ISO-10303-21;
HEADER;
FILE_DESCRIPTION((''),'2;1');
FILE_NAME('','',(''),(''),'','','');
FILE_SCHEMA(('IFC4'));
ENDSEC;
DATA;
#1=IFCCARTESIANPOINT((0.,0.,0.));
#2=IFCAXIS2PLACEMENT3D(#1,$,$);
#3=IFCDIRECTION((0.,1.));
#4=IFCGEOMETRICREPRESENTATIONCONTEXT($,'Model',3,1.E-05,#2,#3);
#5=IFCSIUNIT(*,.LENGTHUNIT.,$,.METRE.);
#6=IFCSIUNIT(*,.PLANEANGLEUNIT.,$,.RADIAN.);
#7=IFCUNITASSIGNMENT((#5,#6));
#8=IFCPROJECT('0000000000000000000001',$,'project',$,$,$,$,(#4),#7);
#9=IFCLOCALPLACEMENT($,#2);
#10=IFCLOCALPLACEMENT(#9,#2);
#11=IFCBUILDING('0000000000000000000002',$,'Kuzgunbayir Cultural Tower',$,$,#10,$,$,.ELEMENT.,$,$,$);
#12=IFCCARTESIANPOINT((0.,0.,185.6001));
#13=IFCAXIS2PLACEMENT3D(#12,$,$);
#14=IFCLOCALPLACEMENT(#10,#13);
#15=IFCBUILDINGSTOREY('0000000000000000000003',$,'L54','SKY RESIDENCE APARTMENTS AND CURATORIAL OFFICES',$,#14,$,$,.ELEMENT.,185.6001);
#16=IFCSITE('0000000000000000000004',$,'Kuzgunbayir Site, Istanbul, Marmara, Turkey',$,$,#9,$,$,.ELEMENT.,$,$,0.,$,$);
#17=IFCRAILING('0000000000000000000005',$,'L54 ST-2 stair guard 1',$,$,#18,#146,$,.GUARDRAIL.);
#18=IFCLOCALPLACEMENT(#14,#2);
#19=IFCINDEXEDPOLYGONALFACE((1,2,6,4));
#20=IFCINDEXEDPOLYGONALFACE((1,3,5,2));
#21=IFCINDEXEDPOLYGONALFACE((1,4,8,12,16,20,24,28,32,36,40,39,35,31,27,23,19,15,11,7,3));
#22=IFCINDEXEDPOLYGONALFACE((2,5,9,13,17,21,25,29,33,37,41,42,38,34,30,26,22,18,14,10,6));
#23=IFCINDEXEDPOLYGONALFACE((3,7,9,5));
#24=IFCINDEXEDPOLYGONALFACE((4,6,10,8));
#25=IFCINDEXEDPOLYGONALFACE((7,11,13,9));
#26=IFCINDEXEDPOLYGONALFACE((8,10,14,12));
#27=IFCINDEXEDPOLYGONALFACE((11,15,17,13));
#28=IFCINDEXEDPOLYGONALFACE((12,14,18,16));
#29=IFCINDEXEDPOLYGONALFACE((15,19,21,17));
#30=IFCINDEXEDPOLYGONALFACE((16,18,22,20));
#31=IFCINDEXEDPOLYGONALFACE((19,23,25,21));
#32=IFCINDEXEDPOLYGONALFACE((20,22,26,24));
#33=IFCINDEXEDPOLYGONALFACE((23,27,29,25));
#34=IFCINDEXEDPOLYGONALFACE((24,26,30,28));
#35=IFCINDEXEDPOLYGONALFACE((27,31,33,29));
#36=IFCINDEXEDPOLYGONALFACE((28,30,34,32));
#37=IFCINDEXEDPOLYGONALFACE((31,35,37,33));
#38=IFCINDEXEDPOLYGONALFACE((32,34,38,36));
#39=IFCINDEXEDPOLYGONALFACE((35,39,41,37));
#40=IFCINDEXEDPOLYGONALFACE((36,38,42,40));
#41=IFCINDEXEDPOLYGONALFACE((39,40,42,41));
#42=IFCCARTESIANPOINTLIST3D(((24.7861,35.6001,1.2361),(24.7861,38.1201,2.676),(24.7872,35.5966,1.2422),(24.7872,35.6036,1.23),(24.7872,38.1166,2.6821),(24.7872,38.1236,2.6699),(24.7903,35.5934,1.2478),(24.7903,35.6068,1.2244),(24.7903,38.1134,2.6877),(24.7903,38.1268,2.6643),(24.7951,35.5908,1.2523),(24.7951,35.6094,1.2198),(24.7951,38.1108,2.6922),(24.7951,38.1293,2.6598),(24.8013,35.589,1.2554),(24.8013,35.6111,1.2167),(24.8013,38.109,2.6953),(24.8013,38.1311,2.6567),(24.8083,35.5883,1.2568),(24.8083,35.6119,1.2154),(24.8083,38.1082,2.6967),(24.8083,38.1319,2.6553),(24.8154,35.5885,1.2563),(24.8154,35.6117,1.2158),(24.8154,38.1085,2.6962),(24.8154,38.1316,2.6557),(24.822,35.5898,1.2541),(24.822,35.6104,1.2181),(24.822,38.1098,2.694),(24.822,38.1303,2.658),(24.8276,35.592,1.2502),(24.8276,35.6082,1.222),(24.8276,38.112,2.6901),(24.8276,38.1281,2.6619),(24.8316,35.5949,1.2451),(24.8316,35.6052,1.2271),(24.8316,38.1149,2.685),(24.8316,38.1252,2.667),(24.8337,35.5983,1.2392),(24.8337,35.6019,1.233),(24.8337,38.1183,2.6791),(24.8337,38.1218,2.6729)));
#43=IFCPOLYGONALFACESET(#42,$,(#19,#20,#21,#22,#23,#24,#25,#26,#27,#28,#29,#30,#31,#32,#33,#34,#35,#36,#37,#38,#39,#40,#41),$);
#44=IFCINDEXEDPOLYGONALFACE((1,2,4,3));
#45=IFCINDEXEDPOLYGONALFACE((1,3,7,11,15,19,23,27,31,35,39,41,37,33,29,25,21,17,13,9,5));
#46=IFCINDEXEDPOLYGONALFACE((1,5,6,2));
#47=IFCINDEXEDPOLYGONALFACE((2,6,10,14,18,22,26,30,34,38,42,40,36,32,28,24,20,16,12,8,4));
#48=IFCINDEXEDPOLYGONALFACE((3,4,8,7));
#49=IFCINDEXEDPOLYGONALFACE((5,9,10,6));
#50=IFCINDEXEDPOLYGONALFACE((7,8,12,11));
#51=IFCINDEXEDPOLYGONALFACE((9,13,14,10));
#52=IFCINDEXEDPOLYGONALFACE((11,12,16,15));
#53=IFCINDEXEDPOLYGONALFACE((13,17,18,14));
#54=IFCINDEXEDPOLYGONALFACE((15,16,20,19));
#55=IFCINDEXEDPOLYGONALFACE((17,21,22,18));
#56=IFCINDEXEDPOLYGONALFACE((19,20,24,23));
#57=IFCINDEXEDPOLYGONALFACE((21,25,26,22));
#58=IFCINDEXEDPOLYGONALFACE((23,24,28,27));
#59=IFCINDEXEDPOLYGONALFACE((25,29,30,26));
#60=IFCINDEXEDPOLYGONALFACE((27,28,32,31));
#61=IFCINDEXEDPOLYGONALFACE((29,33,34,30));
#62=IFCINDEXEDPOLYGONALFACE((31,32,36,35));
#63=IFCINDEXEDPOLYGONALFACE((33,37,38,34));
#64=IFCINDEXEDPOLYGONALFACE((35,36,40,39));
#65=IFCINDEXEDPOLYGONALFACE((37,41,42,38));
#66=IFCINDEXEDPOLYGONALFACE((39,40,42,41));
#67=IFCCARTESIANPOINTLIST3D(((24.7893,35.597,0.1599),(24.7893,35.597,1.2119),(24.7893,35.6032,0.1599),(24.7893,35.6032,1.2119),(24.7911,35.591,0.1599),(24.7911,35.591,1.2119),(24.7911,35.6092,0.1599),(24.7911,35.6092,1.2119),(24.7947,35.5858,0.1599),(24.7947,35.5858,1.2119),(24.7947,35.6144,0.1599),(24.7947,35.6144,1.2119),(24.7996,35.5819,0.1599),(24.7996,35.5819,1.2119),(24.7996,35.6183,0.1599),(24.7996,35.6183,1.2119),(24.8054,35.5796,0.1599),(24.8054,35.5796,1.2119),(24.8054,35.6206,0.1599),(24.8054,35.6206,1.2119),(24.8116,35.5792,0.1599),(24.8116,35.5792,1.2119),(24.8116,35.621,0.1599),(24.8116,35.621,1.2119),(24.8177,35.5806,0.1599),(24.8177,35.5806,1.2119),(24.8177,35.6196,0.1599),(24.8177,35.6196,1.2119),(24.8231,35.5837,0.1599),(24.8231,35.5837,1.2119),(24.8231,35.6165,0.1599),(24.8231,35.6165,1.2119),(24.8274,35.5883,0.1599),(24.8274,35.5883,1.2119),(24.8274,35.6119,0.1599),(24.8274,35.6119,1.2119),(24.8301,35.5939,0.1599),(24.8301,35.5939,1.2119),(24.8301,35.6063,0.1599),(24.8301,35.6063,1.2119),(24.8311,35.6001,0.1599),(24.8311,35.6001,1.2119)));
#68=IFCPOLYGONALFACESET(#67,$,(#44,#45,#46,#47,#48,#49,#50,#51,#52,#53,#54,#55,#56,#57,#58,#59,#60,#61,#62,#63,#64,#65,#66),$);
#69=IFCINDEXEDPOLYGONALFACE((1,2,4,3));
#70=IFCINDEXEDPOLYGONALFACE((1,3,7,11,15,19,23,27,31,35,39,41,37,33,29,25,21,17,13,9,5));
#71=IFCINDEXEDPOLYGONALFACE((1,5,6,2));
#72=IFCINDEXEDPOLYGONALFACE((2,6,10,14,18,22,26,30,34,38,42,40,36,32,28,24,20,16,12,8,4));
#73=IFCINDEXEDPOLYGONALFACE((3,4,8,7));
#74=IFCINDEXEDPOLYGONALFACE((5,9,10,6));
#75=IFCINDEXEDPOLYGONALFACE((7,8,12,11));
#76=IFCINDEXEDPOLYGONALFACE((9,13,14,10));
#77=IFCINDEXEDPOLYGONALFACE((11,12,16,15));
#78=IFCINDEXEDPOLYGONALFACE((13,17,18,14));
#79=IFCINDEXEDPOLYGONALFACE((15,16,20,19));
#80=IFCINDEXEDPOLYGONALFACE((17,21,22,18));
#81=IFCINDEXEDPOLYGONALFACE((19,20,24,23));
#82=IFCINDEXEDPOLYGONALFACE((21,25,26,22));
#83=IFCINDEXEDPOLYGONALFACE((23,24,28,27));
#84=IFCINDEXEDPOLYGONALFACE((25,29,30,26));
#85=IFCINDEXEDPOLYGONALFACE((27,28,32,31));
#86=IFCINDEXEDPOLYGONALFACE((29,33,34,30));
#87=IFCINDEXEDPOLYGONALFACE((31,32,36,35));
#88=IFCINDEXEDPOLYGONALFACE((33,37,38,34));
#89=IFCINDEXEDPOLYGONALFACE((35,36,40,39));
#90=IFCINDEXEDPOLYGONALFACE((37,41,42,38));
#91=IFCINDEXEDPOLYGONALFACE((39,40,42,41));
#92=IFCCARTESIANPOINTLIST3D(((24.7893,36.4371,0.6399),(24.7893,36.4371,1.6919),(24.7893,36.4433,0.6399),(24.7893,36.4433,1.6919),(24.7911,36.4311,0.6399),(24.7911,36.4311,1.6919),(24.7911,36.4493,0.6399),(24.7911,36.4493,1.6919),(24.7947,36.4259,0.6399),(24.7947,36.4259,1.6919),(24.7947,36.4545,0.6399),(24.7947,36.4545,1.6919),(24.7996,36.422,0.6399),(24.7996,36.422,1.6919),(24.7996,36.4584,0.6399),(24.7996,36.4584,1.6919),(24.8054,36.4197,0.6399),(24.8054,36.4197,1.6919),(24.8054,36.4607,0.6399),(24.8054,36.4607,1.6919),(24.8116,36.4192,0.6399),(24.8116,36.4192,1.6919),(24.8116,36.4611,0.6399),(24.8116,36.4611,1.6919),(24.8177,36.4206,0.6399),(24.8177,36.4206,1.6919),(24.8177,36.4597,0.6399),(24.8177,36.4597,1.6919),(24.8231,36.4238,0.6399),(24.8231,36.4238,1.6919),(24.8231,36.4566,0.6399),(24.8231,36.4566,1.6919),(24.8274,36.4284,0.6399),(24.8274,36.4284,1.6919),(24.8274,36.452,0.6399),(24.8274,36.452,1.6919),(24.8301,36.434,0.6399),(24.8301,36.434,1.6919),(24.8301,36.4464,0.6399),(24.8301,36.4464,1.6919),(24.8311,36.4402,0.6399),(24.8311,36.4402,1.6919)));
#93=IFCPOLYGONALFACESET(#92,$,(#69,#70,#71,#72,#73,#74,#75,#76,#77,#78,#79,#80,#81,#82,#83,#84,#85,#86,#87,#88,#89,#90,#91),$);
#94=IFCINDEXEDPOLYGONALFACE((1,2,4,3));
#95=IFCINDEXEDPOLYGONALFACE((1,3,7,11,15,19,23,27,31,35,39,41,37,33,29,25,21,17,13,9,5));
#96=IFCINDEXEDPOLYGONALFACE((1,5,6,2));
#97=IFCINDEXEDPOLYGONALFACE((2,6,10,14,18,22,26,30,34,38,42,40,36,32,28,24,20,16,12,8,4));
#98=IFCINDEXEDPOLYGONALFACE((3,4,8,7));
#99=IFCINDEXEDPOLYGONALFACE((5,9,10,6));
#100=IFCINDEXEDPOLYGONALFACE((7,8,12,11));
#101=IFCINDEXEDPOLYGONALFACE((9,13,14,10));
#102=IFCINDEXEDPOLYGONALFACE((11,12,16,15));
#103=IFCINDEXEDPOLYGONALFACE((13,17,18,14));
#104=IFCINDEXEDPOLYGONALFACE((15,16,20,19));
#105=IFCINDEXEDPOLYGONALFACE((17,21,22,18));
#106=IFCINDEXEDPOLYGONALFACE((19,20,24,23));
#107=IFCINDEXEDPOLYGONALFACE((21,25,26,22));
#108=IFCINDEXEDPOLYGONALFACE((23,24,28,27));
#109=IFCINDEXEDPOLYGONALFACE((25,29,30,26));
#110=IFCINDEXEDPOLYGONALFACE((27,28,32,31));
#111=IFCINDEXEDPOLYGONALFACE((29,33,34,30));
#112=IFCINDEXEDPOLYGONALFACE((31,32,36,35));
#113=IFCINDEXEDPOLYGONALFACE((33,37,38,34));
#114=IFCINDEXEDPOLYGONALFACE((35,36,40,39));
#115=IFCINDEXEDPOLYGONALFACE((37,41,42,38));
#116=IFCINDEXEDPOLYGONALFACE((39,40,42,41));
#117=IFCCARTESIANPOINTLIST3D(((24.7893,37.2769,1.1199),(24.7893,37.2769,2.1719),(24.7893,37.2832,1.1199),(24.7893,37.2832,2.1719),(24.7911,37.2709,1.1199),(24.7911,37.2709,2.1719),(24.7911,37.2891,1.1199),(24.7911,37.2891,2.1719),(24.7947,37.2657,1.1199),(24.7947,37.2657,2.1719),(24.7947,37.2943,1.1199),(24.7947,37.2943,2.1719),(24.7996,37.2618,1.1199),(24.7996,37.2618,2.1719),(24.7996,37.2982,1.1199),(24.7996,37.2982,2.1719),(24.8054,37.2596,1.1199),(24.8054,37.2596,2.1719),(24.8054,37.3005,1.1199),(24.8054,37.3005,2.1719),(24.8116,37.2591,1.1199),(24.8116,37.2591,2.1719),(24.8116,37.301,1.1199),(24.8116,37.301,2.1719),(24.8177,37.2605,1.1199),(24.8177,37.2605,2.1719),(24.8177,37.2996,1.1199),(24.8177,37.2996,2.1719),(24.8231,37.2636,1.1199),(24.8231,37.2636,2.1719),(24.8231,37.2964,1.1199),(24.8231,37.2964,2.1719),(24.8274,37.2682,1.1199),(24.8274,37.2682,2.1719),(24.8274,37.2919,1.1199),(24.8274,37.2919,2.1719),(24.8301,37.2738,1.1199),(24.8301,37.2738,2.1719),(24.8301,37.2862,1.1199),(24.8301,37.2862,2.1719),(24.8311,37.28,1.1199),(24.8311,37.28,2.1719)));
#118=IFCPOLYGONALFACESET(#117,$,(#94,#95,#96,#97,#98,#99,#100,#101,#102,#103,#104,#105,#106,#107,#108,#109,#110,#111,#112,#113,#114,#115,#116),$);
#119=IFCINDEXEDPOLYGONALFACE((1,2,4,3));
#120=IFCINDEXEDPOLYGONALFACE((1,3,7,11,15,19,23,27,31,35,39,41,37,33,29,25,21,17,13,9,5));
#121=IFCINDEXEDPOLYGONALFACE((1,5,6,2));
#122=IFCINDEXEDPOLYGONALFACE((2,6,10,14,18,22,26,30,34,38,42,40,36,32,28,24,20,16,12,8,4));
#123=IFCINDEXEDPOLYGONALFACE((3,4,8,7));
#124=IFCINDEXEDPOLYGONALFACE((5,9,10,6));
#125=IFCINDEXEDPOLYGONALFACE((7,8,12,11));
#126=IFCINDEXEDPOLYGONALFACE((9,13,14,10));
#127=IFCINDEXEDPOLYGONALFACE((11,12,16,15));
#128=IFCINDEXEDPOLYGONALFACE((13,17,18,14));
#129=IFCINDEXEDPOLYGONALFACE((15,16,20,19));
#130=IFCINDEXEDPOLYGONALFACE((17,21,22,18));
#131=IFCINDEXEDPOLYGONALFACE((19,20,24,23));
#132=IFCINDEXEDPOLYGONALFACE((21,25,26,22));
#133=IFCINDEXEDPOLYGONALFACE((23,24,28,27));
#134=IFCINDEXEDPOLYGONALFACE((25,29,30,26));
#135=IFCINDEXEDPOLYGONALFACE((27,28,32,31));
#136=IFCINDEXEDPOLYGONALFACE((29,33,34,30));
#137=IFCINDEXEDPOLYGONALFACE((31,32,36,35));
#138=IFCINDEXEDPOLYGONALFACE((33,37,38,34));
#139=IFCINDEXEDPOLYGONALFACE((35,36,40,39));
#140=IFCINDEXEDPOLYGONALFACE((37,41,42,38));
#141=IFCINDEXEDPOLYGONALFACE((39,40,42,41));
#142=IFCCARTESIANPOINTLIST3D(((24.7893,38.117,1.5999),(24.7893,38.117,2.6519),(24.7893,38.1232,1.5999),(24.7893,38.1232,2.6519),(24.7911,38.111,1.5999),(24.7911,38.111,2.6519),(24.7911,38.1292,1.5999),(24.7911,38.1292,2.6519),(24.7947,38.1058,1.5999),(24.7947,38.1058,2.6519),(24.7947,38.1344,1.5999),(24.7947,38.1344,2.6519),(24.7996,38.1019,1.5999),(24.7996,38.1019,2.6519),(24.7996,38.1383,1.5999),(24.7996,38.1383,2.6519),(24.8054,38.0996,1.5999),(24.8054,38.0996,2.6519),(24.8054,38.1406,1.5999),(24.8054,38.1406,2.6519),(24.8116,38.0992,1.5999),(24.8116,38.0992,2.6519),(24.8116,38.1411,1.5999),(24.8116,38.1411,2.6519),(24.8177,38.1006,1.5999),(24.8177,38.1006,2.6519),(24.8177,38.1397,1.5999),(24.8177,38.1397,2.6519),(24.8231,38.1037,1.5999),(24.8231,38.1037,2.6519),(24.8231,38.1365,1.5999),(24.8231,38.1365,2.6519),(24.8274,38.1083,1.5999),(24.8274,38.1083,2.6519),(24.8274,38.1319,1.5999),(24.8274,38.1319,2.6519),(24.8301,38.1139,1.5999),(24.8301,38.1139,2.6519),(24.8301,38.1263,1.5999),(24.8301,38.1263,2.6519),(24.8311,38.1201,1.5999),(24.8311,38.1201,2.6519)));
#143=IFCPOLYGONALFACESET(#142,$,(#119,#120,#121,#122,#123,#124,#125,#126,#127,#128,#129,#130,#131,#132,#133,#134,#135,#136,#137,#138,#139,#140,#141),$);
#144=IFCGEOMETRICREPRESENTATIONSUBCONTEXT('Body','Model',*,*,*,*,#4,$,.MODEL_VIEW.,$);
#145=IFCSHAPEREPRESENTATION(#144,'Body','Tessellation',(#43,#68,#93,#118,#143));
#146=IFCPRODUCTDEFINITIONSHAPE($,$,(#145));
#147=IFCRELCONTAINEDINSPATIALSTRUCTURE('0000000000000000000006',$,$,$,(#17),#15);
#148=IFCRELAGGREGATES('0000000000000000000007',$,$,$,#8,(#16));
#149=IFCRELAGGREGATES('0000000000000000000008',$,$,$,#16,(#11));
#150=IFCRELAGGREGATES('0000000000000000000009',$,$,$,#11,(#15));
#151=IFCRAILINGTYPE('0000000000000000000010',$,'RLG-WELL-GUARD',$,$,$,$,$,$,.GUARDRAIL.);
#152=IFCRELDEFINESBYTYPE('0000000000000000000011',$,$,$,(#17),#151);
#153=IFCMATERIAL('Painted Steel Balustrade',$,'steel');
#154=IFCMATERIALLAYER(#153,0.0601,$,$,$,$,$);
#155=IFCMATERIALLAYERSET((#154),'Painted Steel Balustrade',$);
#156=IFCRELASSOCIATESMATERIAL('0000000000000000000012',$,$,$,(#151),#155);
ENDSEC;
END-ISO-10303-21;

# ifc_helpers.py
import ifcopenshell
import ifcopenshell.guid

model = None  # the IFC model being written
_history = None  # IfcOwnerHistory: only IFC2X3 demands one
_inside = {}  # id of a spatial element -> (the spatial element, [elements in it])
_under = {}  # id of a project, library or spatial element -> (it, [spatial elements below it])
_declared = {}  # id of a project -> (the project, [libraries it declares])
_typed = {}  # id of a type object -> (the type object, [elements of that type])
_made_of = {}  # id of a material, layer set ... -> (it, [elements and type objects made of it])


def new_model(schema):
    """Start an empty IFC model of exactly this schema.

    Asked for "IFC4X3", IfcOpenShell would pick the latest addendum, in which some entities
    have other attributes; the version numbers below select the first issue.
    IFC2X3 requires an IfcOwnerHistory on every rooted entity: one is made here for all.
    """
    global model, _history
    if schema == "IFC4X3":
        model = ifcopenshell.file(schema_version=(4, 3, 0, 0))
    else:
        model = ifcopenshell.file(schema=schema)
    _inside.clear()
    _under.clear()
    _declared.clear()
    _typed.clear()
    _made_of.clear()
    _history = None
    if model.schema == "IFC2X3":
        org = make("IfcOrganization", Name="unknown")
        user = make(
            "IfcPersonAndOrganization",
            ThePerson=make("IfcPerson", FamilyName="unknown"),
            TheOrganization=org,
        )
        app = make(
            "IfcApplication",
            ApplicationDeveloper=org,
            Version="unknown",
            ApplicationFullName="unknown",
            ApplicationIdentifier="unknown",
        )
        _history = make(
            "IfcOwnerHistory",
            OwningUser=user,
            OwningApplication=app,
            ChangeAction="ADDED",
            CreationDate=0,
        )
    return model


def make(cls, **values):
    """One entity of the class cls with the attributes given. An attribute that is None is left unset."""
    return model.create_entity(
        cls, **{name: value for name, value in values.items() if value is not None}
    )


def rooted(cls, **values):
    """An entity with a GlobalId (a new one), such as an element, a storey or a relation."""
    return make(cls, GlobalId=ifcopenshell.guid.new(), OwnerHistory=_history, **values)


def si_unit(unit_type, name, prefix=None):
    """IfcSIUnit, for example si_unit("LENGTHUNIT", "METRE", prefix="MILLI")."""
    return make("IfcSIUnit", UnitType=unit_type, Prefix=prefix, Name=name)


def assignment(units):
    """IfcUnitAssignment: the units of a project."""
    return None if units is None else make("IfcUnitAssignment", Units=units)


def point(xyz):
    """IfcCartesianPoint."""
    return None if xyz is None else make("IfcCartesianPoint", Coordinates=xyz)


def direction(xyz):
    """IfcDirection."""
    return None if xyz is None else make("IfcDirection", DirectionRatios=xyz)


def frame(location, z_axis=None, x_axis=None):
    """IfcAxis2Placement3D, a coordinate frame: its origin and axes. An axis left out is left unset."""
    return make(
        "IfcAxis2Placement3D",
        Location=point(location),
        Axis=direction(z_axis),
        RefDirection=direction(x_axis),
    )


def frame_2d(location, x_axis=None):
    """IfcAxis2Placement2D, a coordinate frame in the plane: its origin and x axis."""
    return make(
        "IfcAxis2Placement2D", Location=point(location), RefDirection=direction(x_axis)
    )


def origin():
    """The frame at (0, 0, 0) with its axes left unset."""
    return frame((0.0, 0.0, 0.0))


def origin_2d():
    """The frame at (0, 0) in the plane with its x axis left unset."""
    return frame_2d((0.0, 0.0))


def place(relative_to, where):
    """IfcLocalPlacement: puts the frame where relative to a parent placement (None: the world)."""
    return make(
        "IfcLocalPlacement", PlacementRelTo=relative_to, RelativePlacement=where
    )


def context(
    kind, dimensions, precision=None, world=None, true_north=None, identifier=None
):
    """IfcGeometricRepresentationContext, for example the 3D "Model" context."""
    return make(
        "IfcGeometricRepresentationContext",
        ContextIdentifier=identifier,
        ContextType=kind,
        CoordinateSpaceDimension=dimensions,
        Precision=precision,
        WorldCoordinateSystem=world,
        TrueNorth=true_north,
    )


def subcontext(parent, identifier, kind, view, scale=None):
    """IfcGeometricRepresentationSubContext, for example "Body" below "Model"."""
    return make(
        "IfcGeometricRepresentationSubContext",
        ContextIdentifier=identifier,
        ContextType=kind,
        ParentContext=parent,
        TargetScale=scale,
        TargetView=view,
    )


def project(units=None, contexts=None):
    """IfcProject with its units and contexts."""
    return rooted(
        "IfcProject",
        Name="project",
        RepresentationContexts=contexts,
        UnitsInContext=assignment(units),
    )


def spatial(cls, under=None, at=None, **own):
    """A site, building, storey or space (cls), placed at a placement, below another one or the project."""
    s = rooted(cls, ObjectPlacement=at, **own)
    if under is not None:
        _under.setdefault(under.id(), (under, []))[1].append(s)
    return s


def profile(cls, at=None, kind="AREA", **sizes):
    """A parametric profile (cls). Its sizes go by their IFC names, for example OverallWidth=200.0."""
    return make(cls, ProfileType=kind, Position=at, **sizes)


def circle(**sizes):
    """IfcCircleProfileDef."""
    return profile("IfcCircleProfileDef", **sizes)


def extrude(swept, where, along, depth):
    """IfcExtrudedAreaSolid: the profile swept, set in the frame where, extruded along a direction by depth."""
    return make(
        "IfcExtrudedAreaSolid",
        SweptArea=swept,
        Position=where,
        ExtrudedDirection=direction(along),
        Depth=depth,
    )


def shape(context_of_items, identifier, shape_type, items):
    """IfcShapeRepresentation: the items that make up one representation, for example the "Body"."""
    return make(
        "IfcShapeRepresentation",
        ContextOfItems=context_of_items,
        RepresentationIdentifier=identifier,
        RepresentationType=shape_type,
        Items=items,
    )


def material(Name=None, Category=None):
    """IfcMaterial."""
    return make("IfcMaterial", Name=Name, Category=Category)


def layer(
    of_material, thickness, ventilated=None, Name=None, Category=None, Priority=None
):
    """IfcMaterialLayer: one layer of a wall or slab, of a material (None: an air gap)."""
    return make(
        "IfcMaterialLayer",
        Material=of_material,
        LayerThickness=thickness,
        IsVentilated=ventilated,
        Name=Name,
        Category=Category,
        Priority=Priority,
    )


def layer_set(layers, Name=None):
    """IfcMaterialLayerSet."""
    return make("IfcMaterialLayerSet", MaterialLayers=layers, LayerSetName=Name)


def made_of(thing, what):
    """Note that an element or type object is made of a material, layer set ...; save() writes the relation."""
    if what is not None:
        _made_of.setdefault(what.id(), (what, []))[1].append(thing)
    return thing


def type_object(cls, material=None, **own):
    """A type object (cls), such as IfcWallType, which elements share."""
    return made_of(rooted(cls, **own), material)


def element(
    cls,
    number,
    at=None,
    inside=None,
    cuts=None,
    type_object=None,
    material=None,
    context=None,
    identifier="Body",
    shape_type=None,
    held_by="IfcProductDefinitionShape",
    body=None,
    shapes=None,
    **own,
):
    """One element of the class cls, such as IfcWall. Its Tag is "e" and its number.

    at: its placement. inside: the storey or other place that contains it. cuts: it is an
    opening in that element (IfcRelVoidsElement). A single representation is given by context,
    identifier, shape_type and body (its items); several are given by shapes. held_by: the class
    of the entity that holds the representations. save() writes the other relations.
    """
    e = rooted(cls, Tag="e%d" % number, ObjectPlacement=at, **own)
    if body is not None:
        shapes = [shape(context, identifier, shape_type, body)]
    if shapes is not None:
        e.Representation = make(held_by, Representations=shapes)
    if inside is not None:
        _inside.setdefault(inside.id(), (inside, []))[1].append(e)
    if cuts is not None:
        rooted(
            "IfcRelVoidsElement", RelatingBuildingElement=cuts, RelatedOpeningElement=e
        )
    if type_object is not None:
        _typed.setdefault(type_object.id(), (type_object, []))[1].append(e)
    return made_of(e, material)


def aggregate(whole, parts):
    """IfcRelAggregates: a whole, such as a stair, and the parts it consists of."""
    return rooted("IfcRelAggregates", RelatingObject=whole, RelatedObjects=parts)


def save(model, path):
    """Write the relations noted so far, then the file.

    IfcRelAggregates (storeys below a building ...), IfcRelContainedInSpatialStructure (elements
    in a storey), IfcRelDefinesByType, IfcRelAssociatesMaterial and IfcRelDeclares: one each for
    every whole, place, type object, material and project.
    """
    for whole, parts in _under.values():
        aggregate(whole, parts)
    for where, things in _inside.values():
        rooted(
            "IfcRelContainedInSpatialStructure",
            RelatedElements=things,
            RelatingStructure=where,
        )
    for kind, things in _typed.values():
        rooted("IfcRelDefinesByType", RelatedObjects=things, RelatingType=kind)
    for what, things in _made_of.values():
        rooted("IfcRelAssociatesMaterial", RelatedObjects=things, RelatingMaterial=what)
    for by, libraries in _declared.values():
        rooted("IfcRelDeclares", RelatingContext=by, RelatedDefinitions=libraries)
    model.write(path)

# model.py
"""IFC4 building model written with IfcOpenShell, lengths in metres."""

from ifc_helpers import new_model, si_unit, direction, frame, origin, origin_2d, place, context, subcontext, project, spatial, circle, extrude, material, layer, layer_set, type_object, element, save


model = new_model("IFC4")

# Units and contexts
model_context = context("Model", 3, precision=1e-05, world=origin(), true_north=direction((0.0, 1.0)))
body_context = subcontext(model_context, "Body", "Model", "MODEL_VIEW")
ifc_project = project(units=[si_unit("LENGTHUNIT", "METRE"), si_unit("PLANEANGLEUNIT", "RADIAN")], contexts=[model_context])

# Site, building, storey
site_placement = place(None, origin())
site = spatial("IfcSite", under=ifc_project, at=site_placement, Name="Kuzgunbayir Site, Istanbul, Marmara, Turkey", CompositionType="ELEMENT", RefElevation=0.0)
building_placement = place(site_placement, origin())
building = spatial("IfcBuilding", under=site, at=building_placement, Name="Kuzgunbayir Cultural Tower", CompositionType="ELEMENT")
storey_placement = place(building_placement, frame((0.0, 0.0, 185.6001)))
storey = spatial("IfcBuildingStorey", under=building, at=storey_placement, Name="L54", Description="SKY RESIDENCE APARTMENTS AND CURATORIAL OFFICES", CompositionType="ELEMENT", Elevation=185.6001)

# Railing
ifc_material_1 = material(Name="Painted Steel Balustrade", Category="steel")
ifc_layer_1 = layer(ifc_material_1, 0.0601)
ifc_layer_set_1 = layer_set([ifc_layer_1], Name="Painted Steel Balustrade")
railing_type_1 = type_object("IfcRailingType", Name="RLG-WELL-GUARD", PredefinedType="GUARDRAIL", material=ifc_layer_set_1)
railing_1_placement = place(storey_placement, frame((24.8101, 35.6001, 0.1599)))
element("IfcRailing", 1, at=railing_1_placement, inside=storey, type_object=railing_type_1, Name="L54 ST-2 stair guard 1", PredefinedType="GUARDRAIL", context=body_context, shape_type="SweptSolid", body=[
    extrude(circle(Radius=0.0239, at=origin_2d()), frame((0.0, 0.0, 1.0762), z_axis=(0.0, 0.868253, 0.496121), x_axis=(-1.0, 0.0, 0.0)), (0.0, 0.0, 1.0), 2.9023),
    extrude(circle(Radius=0.021, at=origin_2d()), origin(), (0.0, 0.0, 1.0), 1.052),
    extrude(circle(Radius=0.021, at=origin_2d()), frame((0.0, 0.8401, 0.48)), (0.0, 0.0, 1.0), 1.052),
    extrude(circle(Radius=0.021, at=origin_2d()), frame((0.0, 1.6799, 0.96)), (0.0, 0.0, 1.0), 1.052),
    extrude(circle(Radius=0.021, at=origin_2d()), frame((0.0, 2.52, 1.4399)), (0.0, 0.0, 1.0), 1.052),
])

save(model, "model.ifc")
